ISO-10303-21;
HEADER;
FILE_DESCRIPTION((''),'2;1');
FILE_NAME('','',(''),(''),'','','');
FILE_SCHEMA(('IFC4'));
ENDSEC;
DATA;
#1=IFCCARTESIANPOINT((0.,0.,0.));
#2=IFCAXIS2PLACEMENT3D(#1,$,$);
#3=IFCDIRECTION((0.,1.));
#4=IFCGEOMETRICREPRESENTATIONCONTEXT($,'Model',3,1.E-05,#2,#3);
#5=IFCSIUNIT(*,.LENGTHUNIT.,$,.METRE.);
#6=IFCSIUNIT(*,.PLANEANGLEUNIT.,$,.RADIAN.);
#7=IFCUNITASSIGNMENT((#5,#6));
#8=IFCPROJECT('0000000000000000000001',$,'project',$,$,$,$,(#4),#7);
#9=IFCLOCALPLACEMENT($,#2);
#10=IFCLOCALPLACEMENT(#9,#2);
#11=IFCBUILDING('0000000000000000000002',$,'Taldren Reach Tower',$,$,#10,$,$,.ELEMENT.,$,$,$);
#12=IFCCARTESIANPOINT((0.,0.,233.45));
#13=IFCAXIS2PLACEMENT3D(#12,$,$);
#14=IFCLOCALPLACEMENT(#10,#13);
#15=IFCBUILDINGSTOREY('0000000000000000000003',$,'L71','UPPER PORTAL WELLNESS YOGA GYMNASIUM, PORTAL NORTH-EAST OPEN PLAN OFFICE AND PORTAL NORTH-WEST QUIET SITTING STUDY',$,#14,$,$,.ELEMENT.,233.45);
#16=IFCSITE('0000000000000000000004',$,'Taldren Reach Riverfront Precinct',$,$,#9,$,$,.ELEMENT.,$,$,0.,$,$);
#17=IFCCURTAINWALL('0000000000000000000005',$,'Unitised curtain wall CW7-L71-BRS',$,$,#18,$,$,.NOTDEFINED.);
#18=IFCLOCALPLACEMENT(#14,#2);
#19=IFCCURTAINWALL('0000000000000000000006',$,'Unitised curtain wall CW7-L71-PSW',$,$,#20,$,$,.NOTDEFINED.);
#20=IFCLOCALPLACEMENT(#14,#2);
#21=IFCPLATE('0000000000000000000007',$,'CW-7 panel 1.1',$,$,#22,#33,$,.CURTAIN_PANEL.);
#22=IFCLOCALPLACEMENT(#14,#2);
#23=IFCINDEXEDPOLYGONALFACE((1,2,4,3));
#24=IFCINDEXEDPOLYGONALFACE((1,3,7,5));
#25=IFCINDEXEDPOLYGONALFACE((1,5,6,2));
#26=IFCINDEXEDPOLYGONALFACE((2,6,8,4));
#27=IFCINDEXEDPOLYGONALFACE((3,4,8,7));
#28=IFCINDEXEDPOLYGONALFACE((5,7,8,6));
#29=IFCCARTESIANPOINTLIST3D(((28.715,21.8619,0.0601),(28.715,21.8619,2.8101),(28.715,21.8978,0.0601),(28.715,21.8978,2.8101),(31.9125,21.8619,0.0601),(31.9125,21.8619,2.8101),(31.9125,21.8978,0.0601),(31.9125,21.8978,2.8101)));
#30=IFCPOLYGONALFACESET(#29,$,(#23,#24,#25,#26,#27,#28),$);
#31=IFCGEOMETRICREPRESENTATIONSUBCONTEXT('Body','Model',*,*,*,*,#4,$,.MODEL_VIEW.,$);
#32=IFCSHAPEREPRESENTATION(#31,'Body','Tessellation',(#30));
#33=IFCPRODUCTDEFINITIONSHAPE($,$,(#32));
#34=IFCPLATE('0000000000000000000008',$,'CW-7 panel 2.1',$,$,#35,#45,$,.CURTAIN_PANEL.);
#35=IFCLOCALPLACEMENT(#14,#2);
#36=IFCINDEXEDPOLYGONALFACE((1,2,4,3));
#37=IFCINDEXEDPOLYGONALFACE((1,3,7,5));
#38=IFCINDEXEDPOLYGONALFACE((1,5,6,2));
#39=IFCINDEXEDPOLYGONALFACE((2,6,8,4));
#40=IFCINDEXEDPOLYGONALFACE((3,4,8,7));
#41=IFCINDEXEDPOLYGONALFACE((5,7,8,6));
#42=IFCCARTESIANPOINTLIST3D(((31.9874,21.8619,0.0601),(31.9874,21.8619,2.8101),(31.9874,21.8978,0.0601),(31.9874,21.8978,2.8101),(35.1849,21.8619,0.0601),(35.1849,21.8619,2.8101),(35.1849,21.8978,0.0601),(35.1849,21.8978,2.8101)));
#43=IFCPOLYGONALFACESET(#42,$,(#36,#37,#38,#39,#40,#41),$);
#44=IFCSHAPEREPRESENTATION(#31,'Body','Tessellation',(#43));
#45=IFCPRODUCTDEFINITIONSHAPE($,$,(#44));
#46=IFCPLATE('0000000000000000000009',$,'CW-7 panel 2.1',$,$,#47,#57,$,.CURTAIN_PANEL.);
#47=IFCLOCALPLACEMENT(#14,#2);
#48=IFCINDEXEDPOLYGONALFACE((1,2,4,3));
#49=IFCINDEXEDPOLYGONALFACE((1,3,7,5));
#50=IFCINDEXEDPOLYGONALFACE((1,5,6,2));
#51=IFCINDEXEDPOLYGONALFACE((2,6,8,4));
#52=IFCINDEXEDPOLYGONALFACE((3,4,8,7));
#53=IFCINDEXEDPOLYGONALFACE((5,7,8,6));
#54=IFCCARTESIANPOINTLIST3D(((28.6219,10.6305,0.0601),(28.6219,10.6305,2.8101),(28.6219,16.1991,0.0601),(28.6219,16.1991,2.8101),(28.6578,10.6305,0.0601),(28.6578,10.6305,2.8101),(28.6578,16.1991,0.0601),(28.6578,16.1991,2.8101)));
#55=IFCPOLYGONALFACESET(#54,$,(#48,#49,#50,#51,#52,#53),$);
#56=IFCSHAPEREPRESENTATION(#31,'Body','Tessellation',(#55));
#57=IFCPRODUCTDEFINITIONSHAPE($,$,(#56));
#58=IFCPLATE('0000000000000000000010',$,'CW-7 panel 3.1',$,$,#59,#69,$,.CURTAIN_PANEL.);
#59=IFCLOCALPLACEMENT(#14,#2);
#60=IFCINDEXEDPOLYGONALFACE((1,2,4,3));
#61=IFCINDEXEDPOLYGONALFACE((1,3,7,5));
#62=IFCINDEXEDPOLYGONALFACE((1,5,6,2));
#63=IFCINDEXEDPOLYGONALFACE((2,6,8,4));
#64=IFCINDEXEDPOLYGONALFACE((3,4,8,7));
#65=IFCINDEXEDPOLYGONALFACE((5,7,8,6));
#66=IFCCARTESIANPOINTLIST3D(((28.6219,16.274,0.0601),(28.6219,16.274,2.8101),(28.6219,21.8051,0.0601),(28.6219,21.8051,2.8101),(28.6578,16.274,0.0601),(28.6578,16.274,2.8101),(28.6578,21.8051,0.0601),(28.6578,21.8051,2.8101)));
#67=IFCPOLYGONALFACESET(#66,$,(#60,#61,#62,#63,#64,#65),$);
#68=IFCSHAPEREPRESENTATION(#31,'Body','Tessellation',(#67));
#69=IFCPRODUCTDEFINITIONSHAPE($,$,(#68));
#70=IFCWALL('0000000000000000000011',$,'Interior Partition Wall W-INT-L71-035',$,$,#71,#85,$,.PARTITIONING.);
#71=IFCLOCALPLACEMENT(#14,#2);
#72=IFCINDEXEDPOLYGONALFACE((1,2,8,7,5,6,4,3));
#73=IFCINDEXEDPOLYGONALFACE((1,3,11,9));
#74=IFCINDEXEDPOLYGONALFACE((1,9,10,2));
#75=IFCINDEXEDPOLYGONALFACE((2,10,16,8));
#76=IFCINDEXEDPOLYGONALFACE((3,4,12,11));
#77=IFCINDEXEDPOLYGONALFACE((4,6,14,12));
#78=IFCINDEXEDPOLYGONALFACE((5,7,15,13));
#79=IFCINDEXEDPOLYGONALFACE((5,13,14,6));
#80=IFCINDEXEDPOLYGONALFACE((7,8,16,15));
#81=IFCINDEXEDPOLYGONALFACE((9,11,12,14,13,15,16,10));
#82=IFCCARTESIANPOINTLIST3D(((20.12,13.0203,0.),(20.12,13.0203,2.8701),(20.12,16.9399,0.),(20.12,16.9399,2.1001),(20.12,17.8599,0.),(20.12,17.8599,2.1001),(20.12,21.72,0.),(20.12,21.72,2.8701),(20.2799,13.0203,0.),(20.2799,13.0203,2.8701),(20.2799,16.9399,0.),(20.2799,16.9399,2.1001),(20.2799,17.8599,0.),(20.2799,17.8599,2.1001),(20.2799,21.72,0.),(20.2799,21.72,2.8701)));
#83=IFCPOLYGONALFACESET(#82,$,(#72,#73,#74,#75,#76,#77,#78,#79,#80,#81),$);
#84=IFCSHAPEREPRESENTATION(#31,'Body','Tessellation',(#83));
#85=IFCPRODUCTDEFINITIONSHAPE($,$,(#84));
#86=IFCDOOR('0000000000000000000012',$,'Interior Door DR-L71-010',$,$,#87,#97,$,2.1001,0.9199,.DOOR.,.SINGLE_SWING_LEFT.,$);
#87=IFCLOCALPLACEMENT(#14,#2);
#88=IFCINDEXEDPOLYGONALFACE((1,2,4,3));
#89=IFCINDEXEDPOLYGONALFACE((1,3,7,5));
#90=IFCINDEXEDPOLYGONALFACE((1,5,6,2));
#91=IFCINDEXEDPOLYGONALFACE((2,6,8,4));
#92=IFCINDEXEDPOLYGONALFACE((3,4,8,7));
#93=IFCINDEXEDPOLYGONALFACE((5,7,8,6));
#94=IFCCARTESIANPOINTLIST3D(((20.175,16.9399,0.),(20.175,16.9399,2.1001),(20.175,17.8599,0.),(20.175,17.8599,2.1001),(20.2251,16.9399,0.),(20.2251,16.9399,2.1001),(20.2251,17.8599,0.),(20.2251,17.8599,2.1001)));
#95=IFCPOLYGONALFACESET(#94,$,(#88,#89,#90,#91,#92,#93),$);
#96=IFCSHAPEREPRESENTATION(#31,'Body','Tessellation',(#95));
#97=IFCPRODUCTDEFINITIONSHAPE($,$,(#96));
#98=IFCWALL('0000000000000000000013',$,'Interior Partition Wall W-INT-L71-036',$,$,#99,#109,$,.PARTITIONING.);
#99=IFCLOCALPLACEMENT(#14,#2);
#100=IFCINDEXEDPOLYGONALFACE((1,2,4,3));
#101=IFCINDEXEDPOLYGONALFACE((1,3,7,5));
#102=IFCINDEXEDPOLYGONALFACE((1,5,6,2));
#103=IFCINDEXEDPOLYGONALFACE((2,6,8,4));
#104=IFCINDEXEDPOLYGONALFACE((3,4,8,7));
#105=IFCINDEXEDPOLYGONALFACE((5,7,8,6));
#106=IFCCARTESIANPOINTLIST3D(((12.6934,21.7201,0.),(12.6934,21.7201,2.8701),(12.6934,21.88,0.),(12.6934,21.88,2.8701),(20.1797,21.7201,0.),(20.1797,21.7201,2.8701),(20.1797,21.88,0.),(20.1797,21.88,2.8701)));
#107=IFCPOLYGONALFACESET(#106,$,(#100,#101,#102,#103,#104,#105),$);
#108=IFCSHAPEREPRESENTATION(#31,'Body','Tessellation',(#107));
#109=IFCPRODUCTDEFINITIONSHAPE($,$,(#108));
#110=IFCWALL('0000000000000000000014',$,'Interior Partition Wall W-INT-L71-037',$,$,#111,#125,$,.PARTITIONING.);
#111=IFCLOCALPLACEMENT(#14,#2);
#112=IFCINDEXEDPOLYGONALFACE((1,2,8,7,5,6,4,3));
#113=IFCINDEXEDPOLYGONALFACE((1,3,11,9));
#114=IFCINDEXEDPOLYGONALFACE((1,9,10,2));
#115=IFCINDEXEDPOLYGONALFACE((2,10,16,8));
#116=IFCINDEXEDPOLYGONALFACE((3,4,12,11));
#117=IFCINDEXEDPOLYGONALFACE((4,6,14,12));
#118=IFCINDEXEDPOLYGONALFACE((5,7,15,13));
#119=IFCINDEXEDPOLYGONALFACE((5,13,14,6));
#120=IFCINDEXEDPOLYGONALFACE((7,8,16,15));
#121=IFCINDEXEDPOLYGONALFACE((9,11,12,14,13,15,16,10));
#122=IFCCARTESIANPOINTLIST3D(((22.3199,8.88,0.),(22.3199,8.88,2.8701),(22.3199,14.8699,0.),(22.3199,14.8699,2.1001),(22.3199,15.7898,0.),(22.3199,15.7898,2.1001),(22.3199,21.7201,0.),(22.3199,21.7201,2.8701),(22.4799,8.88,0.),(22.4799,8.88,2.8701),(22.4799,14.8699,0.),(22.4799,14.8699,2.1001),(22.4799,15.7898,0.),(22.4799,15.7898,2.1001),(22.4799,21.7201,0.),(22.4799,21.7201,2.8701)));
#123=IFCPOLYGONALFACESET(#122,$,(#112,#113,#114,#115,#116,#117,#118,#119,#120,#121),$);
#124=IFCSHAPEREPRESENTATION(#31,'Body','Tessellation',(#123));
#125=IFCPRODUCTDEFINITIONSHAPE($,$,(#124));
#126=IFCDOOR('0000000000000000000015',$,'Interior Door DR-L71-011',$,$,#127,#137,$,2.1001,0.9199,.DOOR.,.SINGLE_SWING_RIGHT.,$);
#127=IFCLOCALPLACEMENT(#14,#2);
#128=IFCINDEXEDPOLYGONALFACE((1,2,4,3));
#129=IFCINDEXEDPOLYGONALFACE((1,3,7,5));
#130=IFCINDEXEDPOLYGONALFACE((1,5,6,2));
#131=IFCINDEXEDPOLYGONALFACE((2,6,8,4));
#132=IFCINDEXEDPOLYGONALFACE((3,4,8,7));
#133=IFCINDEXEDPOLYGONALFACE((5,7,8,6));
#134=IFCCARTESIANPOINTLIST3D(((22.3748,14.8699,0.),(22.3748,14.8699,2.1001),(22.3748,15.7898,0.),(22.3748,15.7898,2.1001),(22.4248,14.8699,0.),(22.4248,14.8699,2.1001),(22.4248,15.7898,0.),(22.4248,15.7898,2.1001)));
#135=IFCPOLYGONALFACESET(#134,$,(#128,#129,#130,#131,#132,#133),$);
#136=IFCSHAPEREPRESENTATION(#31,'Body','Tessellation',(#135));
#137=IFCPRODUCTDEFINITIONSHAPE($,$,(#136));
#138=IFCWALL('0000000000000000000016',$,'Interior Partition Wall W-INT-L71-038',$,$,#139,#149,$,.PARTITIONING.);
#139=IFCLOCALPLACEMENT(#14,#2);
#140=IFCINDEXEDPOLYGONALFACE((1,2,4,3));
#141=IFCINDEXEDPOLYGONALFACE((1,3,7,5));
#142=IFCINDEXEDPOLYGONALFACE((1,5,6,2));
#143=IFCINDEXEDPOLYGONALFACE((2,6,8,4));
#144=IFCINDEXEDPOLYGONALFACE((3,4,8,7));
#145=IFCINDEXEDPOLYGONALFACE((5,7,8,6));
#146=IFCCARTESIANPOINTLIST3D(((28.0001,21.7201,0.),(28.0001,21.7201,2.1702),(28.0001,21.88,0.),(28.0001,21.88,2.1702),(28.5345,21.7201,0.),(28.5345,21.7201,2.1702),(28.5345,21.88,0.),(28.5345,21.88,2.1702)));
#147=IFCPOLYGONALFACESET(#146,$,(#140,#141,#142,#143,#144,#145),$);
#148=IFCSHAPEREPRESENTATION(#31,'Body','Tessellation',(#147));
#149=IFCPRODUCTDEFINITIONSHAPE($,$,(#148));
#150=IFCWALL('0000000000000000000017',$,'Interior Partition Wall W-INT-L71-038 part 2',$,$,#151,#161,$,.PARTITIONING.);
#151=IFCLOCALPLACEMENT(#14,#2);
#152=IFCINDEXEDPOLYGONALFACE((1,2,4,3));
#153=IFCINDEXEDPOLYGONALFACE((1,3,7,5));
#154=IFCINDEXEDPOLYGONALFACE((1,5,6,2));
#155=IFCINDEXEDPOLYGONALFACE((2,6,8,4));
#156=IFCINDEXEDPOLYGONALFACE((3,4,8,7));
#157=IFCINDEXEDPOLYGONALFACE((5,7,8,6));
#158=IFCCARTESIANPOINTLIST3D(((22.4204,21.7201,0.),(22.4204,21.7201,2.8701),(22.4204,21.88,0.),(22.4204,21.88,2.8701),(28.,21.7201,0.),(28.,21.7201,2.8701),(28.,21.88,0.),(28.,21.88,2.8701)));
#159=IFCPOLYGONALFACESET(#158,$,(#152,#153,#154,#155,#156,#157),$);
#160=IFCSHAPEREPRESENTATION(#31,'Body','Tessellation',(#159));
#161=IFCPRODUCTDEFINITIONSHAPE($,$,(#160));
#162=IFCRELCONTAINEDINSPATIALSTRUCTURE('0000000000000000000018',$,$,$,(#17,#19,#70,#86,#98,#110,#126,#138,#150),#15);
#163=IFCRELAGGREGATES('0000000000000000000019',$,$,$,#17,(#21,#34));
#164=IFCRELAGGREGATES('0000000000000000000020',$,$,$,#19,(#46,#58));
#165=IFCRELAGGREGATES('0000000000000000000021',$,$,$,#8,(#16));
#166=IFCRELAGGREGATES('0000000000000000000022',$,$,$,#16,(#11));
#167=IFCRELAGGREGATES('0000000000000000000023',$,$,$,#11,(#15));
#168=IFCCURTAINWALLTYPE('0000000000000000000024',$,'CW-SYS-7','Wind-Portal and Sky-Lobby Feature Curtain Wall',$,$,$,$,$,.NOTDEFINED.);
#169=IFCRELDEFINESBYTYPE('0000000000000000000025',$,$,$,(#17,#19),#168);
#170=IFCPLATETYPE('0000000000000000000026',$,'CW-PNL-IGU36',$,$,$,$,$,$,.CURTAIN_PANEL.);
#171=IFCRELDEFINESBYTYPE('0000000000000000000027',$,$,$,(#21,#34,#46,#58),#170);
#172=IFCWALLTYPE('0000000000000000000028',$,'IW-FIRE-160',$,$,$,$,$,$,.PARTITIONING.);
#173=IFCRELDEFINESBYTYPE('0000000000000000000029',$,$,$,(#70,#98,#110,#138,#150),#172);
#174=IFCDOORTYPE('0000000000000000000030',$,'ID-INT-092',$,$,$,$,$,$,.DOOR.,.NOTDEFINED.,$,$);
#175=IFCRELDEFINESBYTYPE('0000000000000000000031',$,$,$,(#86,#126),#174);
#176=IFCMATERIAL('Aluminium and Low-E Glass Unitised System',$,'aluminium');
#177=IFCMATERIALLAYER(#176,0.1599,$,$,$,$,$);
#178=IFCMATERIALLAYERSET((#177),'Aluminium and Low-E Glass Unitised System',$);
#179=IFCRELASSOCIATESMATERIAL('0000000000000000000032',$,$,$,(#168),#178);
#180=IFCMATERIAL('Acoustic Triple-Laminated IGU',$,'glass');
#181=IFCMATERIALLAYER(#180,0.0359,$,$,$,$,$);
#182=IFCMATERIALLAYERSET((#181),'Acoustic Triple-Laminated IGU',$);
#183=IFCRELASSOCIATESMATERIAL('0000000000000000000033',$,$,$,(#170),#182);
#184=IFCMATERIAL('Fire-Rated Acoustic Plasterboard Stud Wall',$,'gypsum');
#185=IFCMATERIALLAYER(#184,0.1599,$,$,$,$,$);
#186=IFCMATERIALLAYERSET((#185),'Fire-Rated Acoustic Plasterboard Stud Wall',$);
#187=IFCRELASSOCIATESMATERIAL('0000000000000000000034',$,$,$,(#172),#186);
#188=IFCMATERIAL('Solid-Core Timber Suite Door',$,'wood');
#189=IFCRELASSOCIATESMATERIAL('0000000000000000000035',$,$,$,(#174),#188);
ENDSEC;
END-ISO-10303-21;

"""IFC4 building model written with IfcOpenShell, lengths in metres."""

from ifc_helpers import new_model, si_unit, direction, frame, frame_2d, origin, origin_2d, place, context, subcontext, project, spatial, rectangle, extrude, source, transform, mapped, material, layer, layer_set, type_object, element, fill, aggregate, save


model = new_model("IFC4")

# Units and contexts
model_context = context("Model", 3, precision=1e-05, world=origin(), true_north=direction((0.0, 1.0)))
body_context = subcontext(model_context, "Body", "Model", "MODEL_VIEW")
ifc_project = project(units=[si_unit("LENGTHUNIT", "METRE"), si_unit("PLANEANGLEUNIT", "RADIAN")], contexts=[model_context])

# Site, building, storey
site_placement = place(None, origin())
site = spatial("IfcSite", under=ifc_project, at=site_placement, Name="Taldren Reach Riverfront Precinct", CompositionType="ELEMENT", RefElevation=0.0)
building_placement = place(site_placement, origin())
building = spatial("IfcBuilding", under=site, at=building_placement, Name="Taldren Reach Tower", CompositionType="ELEMENT")
storey_placement = place(building_placement, frame((0.0, 0.0, 233.45)))
storey = spatial("IfcBuildingStorey", under=building, at=storey_placement, Name="L71", Description="UPPER PORTAL WELLNESS YOGA GYMNASIUM, PORTAL NORTH-EAST OPEN PLAN OFFICE AND PORTAL NORTH-WEST QUIET SITTING STUDY", CompositionType="ELEMENT", Elevation=233.45)

# Curtain walls
ifc_material_1 = material(Name="Aluminium and Low-E Glass Unitised System", Category="aluminium")
ifc_layer_1 = layer(ifc_material_1, 0.1599)
ifc_layer_set_1 = layer_set([ifc_layer_1], Name="Aluminium and Low-E Glass Unitised System")
curtain_wall_type = type_object("IfcCurtainWallType", Name="CW-SYS-7", Description="Wind-Portal and Sky-Lobby Feature Curtain Wall", PredefinedType="NOTDEFINED", material=ifc_layer_set_1)
curtain_wall_1_placement = place(storey_placement, origin())
curtain_wall_1 = element("IfcCurtainWall", 1, at=curtain_wall_1_placement, inside=storey, type_object=curtain_wall_type, Name="Unitised curtain wall CW7-L71-BRS", PredefinedType="NOTDEFINED")
curtain_wall_2_placement = place(storey_placement, origin())
curtain_wall_2 = element("IfcCurtainWall", 2, at=curtain_wall_2_placement, inside=storey, type_object=curtain_wall_type, Name="Unitised curtain wall CW7-L71-PSW", PredefinedType="NOTDEFINED")

# Plates
ifc_material_2 = material(Name="Acoustic Triple-Laminated IGU", Category="glass")
ifc_layer_2 = layer(ifc_material_2, 0.0359)
ifc_layer_set_2 = layer_set([ifc_layer_2], Name="Acoustic Triple-Laminated IGU")
plate_type = type_object("IfcPlateType", Name="CW-PNL-IGU36", PredefinedType="CURTAIN_PANEL", material=ifc_layer_set_2)
shared_shape_1 = source(origin(), body_context, "Body", "SweptSolid", [
    extrude(rectangle(XDim=3.1975, YDim=0.0359, at=origin_2d()), origin(), (0.0, 0.0, 1.0), 2.75),
])
plate_1_placement = place(storey_placement, frame((30.3137, 21.8799, 0.0601), z_axis=(0.0, 0.0, 1.0), x_axis=(1.0, 0.0, 0.0)))
plate_1 = element("IfcPlate", 3, at=plate_1_placement, type_object=plate_type, Name="CW-7 panel 1.1", PredefinedType="CURTAIN_PANEL", context=body_context, shape_type="MappedRepresentation", body=[
    mapped(shared_shape_1, transform((0.0, 0.0, 0.0), scale=1.0)),
])
plate_2_placement = place(storey_placement, frame((33.5862, 21.8799, 0.0601), z_axis=(0.0, 0.0, 1.0), x_axis=(1.0, 0.0, 0.0)))
plate_2 = element("IfcPlate", 4, at=plate_2_placement, type_object=plate_type, Name="CW-7 panel 2.1", PredefinedType="CURTAIN_PANEL", context=body_context, shape_type="MappedRepresentation", body=[
    mapped(shared_shape_1, transform((0.0, 0.0, 0.0), scale=1.0)),
])
aggregate(curtain_wall_1, [plate_1, plate_2])
shared_shape_2 = source(origin(), body_context, "Body", "SweptSolid", [
    extrude(rectangle(XDim=5.5686, YDim=0.0359, at=origin_2d()), origin(), (0.0, 0.0, 1.0), 2.75),
])
plate_3_placement = place(storey_placement, frame((28.6399, 13.4148, 0.0601), z_axis=(0.0, 0.0, 1.0), x_axis=(0.0, 1.0, 0.0)))
plate_3 = element("IfcPlate", 5, at=plate_3_placement, type_object=plate_type, Name="CW-7 panel 2.1", PredefinedType="CURTAIN_PANEL", context=body_context, shape_type="MappedRepresentation", body=[
    mapped(shared_shape_2, transform((0.0, 0.0, 0.0), scale=1.0)),
])
shared_shape_3 = source(origin(), body_context, "Body", "SweptSolid", [
    extrude(rectangle(XDim=5.531, YDim=0.0359, at=origin_2d()), origin(), (0.0, 0.0, 1.0), 2.75),
])
plate_4_placement = place(storey_placement, frame((28.6399, 19.0396, 0.0601), z_axis=(0.0, 0.0, 1.0), x_axis=(0.0, 1.0, 0.0)))
plate_4 = element("IfcPlate", 6, at=plate_4_placement, type_object=plate_type, Name="CW-7 panel 3.1", PredefinedType="CURTAIN_PANEL", context=body_context, shape_type="MappedRepresentation", body=[
    mapped(shared_shape_3, transform((0.0, 0.0, 0.0), scale=1.0)),
])
aggregate(curtain_wall_2, [plate_3, plate_4])

# Wall, opening, door
ifc_material_3 = material(Name="Fire-Rated Acoustic Plasterboard Stud Wall", Category="gypsum")
ifc_layer_3 = layer(ifc_material_3, 0.1599)
ifc_layer_set_3 = layer_set([ifc_layer_3], Name="Fire-Rated Acoustic Plasterboard Stud Wall")
wall_type = type_object("IfcWallType", Name="IW-FIRE-160", PredefinedType="PARTITIONING", material=ifc_layer_set_3)
shared_shape_4 = source(origin(), body_context, "Body", "SweptSolid", [
    extrude(rectangle(XDim=8.6997, YDim=0.1599, at=frame_2d((4.3499, 0.0))), origin(), (0.0, 0.0, 1.0), 2.8701),
])
wall_1_placement = place(storey_placement, frame((20.2, 13.0203, 0.0), z_axis=(0.0, 0.0, 1.0), x_axis=(0.0, 1.0, 0.0)))
wall_1 = element("IfcWall", 7, at=wall_1_placement, inside=storey, type_object=wall_type, Name="Interior Partition Wall W-INT-L71-035", PredefinedType="PARTITIONING", context=body_context, shape_type="MappedRepresentation", body=[
    mapped(shared_shape_4, transform((0.0, 0.0, 0.0), scale=1.0)),
])
shared_shape_5 = source(origin(), body_context, "Body", "SweptSolid", [
    extrude(rectangle(XDim=0.9199, YDim=2.1001, at=frame_2d((0.46, 1.05))), frame((0.0, 0.0898, 0.0), z_axis=(0.0, -1.0, 0.0), x_axis=(1.0, 0.0, 0.0)), (0.0, 0.0, 1.0), 0.1799),
])
opening_1_placement = place(wall_1_placement, frame((3.9197, 0.0, 0.0)))
opening_1 = element("IfcOpeningElement", 8, at=opening_1_placement, cuts=wall_1, PredefinedType="OPENING", context=body_context, shape_type="MappedRepresentation", body=[
    mapped(shared_shape_5, transform((0.0, 0.0, 0.0), scale=1.0)),
])
ifc_material_4 = material(Name="Solid-Core Timber Suite Door", Category="wood")
door_type = type_object("IfcDoorType", Name="ID-INT-092", OperationType="NOTDEFINED", PredefinedType="DOOR", material=ifc_material_4)
shared_shape_6 = source(origin(), body_context, "Body", "SweptSolid", [
    extrude(rectangle(XDim=0.9199, YDim=2.1001, at=frame_2d((0.46, 1.05))), frame((0.0, 0.0249, 0.0), z_axis=(0.0, -1.0, 0.0), x_axis=(1.0, 0.0, 0.0)), (0.0, 0.0, 1.0), 0.05),
])
door_1_placement = place(opening_1_placement, origin())
door_1 = element("IfcDoor", 9, at=door_1_placement, inside=storey, type_object=door_type, Name="Interior Door DR-L71-010", OperationType="SINGLE_SWING_LEFT", OverallHeight=2.1001, OverallWidth=0.9199, PredefinedType="DOOR", context=body_context, shape_type="MappedRepresentation", body=[
    mapped(shared_shape_6, transform((0.0, 0.0, 0.0), scale=1.0)),
])
fill(opening_1, door_1)

# Wall
shared_shape_7 = source(origin(), body_context, "Body", "SweptSolid", [
    extrude(rectangle(XDim=7.4863, YDim=0.1599, at=frame_2d((3.7432, 0.0))), origin(), (0.0, 0.0, 1.0), 2.8701),
])
wall_2_placement = place(storey_placement, frame((20.1797, 21.8, 0.0), z_axis=(0.0, 0.0, 1.0), x_axis=(-1.0, 0.0, 0.0)))
element("IfcWall", 10, at=wall_2_placement, inside=storey, type_object=wall_type, Name="Interior Partition Wall W-INT-L71-036", PredefinedType="PARTITIONING", context=body_context, shape_type="MappedRepresentation", body=[
    mapped(shared_shape_7, transform((0.0, 0.0, 0.0), scale=1.0)),
])

# Wall, opening, door
shared_shape_8 = source(origin(), body_context, "Body", "SweptSolid", [
    extrude(rectangle(XDim=12.8401, YDim=0.1599, at=frame_2d((6.4199, 0.0))), origin(), (0.0, 0.0, 1.0), 2.8701),
])
wall_3_placement = place(storey_placement, frame((22.3999, 21.72, 0.0), z_axis=(0.0, 0.0, 1.0), x_axis=(0.0, -1.0, 0.0)))
wall_3 = element("IfcWall", 11, at=wall_3_placement, inside=storey, type_object=wall_type, Name="Interior Partition Wall W-INT-L71-037", PredefinedType="PARTITIONING", context=body_context, shape_type="MappedRepresentation", body=[
    mapped(shared_shape_8, transform((0.0, 0.0, 0.0), scale=1.0)),
])
opening_2_placement = place(wall_3_placement, frame((5.9302, 0.0, 0.0)))
opening_2 = element("IfcOpeningElement", 12, at=opening_2_placement, cuts=wall_3, PredefinedType="OPENING", context=body_context, shape_type="MappedRepresentation", body=[
    mapped(shared_shape_5, transform((0.0, 0.0, 0.0), scale=1.0)),
])
door_2_placement = place(opening_2_placement, origin())
door_2 = element("IfcDoor", 13, at=door_2_placement, inside=storey, type_object=door_type, Name="Interior Door DR-L71-011", OperationType="SINGLE_SWING_RIGHT", OverallHeight=2.1001, OverallWidth=0.9199, PredefinedType="DOOR", context=body_context, shape_type="MappedRepresentation", body=[
    mapped(shared_shape_6, transform((0.0, 0.0, 0.0), scale=1.0)),
])
fill(opening_2, door_2)

# Walls
shared_shape_9 = source(origin(), body_context, "Body", "SweptSolid", [
    extrude(rectangle(XDim=0.5344, YDim=0.1599, at=frame_2d((0.2671, 0.0))), origin(), (0.0, 0.0, 1.0), 2.1702),
])
wall_4_placement = place(storey_placement, frame((28.5344, 21.8, 0.0), z_axis=(0.0, 0.0, 1.0), x_axis=(-1.0, 0.0, 0.0)))
element("IfcWall", 14, at=wall_4_placement, inside=storey, type_object=wall_type, Name="Interior Partition Wall W-INT-L71-038", PredefinedType="PARTITIONING", context=body_context, shape_type="MappedRepresentation", body=[
    mapped(shared_shape_9, transform((0.0, 0.0, 0.0), scale=1.0)),
])
shared_shape_10 = source(origin(), body_context, "Body", "SweptSolid", [
    extrude(rectangle(XDim=5.5796, YDim=0.1599, at=frame_2d((2.7898, 0.0))), origin(), (0.0, 0.0, 1.0), 2.8701),
])
wall_5_placement = place(storey_placement, frame((28.0, 21.8, 0.0), z_axis=(0.0, 0.0, 1.0), x_axis=(-1.0, 0.0, 0.0)))
element("IfcWall", 15, at=wall_5_placement, inside=storey, type_object=wall_type, Name="Interior Partition Wall W-INT-L71-038 part 2", PredefinedType="PARTITIONING", context=body_context, shape_type="MappedRepresentation", body=[
    mapped(shared_shape_10, transform((0.0, 0.0, 0.0), scale=1.0)),
])

save(model, "model.ifc")
